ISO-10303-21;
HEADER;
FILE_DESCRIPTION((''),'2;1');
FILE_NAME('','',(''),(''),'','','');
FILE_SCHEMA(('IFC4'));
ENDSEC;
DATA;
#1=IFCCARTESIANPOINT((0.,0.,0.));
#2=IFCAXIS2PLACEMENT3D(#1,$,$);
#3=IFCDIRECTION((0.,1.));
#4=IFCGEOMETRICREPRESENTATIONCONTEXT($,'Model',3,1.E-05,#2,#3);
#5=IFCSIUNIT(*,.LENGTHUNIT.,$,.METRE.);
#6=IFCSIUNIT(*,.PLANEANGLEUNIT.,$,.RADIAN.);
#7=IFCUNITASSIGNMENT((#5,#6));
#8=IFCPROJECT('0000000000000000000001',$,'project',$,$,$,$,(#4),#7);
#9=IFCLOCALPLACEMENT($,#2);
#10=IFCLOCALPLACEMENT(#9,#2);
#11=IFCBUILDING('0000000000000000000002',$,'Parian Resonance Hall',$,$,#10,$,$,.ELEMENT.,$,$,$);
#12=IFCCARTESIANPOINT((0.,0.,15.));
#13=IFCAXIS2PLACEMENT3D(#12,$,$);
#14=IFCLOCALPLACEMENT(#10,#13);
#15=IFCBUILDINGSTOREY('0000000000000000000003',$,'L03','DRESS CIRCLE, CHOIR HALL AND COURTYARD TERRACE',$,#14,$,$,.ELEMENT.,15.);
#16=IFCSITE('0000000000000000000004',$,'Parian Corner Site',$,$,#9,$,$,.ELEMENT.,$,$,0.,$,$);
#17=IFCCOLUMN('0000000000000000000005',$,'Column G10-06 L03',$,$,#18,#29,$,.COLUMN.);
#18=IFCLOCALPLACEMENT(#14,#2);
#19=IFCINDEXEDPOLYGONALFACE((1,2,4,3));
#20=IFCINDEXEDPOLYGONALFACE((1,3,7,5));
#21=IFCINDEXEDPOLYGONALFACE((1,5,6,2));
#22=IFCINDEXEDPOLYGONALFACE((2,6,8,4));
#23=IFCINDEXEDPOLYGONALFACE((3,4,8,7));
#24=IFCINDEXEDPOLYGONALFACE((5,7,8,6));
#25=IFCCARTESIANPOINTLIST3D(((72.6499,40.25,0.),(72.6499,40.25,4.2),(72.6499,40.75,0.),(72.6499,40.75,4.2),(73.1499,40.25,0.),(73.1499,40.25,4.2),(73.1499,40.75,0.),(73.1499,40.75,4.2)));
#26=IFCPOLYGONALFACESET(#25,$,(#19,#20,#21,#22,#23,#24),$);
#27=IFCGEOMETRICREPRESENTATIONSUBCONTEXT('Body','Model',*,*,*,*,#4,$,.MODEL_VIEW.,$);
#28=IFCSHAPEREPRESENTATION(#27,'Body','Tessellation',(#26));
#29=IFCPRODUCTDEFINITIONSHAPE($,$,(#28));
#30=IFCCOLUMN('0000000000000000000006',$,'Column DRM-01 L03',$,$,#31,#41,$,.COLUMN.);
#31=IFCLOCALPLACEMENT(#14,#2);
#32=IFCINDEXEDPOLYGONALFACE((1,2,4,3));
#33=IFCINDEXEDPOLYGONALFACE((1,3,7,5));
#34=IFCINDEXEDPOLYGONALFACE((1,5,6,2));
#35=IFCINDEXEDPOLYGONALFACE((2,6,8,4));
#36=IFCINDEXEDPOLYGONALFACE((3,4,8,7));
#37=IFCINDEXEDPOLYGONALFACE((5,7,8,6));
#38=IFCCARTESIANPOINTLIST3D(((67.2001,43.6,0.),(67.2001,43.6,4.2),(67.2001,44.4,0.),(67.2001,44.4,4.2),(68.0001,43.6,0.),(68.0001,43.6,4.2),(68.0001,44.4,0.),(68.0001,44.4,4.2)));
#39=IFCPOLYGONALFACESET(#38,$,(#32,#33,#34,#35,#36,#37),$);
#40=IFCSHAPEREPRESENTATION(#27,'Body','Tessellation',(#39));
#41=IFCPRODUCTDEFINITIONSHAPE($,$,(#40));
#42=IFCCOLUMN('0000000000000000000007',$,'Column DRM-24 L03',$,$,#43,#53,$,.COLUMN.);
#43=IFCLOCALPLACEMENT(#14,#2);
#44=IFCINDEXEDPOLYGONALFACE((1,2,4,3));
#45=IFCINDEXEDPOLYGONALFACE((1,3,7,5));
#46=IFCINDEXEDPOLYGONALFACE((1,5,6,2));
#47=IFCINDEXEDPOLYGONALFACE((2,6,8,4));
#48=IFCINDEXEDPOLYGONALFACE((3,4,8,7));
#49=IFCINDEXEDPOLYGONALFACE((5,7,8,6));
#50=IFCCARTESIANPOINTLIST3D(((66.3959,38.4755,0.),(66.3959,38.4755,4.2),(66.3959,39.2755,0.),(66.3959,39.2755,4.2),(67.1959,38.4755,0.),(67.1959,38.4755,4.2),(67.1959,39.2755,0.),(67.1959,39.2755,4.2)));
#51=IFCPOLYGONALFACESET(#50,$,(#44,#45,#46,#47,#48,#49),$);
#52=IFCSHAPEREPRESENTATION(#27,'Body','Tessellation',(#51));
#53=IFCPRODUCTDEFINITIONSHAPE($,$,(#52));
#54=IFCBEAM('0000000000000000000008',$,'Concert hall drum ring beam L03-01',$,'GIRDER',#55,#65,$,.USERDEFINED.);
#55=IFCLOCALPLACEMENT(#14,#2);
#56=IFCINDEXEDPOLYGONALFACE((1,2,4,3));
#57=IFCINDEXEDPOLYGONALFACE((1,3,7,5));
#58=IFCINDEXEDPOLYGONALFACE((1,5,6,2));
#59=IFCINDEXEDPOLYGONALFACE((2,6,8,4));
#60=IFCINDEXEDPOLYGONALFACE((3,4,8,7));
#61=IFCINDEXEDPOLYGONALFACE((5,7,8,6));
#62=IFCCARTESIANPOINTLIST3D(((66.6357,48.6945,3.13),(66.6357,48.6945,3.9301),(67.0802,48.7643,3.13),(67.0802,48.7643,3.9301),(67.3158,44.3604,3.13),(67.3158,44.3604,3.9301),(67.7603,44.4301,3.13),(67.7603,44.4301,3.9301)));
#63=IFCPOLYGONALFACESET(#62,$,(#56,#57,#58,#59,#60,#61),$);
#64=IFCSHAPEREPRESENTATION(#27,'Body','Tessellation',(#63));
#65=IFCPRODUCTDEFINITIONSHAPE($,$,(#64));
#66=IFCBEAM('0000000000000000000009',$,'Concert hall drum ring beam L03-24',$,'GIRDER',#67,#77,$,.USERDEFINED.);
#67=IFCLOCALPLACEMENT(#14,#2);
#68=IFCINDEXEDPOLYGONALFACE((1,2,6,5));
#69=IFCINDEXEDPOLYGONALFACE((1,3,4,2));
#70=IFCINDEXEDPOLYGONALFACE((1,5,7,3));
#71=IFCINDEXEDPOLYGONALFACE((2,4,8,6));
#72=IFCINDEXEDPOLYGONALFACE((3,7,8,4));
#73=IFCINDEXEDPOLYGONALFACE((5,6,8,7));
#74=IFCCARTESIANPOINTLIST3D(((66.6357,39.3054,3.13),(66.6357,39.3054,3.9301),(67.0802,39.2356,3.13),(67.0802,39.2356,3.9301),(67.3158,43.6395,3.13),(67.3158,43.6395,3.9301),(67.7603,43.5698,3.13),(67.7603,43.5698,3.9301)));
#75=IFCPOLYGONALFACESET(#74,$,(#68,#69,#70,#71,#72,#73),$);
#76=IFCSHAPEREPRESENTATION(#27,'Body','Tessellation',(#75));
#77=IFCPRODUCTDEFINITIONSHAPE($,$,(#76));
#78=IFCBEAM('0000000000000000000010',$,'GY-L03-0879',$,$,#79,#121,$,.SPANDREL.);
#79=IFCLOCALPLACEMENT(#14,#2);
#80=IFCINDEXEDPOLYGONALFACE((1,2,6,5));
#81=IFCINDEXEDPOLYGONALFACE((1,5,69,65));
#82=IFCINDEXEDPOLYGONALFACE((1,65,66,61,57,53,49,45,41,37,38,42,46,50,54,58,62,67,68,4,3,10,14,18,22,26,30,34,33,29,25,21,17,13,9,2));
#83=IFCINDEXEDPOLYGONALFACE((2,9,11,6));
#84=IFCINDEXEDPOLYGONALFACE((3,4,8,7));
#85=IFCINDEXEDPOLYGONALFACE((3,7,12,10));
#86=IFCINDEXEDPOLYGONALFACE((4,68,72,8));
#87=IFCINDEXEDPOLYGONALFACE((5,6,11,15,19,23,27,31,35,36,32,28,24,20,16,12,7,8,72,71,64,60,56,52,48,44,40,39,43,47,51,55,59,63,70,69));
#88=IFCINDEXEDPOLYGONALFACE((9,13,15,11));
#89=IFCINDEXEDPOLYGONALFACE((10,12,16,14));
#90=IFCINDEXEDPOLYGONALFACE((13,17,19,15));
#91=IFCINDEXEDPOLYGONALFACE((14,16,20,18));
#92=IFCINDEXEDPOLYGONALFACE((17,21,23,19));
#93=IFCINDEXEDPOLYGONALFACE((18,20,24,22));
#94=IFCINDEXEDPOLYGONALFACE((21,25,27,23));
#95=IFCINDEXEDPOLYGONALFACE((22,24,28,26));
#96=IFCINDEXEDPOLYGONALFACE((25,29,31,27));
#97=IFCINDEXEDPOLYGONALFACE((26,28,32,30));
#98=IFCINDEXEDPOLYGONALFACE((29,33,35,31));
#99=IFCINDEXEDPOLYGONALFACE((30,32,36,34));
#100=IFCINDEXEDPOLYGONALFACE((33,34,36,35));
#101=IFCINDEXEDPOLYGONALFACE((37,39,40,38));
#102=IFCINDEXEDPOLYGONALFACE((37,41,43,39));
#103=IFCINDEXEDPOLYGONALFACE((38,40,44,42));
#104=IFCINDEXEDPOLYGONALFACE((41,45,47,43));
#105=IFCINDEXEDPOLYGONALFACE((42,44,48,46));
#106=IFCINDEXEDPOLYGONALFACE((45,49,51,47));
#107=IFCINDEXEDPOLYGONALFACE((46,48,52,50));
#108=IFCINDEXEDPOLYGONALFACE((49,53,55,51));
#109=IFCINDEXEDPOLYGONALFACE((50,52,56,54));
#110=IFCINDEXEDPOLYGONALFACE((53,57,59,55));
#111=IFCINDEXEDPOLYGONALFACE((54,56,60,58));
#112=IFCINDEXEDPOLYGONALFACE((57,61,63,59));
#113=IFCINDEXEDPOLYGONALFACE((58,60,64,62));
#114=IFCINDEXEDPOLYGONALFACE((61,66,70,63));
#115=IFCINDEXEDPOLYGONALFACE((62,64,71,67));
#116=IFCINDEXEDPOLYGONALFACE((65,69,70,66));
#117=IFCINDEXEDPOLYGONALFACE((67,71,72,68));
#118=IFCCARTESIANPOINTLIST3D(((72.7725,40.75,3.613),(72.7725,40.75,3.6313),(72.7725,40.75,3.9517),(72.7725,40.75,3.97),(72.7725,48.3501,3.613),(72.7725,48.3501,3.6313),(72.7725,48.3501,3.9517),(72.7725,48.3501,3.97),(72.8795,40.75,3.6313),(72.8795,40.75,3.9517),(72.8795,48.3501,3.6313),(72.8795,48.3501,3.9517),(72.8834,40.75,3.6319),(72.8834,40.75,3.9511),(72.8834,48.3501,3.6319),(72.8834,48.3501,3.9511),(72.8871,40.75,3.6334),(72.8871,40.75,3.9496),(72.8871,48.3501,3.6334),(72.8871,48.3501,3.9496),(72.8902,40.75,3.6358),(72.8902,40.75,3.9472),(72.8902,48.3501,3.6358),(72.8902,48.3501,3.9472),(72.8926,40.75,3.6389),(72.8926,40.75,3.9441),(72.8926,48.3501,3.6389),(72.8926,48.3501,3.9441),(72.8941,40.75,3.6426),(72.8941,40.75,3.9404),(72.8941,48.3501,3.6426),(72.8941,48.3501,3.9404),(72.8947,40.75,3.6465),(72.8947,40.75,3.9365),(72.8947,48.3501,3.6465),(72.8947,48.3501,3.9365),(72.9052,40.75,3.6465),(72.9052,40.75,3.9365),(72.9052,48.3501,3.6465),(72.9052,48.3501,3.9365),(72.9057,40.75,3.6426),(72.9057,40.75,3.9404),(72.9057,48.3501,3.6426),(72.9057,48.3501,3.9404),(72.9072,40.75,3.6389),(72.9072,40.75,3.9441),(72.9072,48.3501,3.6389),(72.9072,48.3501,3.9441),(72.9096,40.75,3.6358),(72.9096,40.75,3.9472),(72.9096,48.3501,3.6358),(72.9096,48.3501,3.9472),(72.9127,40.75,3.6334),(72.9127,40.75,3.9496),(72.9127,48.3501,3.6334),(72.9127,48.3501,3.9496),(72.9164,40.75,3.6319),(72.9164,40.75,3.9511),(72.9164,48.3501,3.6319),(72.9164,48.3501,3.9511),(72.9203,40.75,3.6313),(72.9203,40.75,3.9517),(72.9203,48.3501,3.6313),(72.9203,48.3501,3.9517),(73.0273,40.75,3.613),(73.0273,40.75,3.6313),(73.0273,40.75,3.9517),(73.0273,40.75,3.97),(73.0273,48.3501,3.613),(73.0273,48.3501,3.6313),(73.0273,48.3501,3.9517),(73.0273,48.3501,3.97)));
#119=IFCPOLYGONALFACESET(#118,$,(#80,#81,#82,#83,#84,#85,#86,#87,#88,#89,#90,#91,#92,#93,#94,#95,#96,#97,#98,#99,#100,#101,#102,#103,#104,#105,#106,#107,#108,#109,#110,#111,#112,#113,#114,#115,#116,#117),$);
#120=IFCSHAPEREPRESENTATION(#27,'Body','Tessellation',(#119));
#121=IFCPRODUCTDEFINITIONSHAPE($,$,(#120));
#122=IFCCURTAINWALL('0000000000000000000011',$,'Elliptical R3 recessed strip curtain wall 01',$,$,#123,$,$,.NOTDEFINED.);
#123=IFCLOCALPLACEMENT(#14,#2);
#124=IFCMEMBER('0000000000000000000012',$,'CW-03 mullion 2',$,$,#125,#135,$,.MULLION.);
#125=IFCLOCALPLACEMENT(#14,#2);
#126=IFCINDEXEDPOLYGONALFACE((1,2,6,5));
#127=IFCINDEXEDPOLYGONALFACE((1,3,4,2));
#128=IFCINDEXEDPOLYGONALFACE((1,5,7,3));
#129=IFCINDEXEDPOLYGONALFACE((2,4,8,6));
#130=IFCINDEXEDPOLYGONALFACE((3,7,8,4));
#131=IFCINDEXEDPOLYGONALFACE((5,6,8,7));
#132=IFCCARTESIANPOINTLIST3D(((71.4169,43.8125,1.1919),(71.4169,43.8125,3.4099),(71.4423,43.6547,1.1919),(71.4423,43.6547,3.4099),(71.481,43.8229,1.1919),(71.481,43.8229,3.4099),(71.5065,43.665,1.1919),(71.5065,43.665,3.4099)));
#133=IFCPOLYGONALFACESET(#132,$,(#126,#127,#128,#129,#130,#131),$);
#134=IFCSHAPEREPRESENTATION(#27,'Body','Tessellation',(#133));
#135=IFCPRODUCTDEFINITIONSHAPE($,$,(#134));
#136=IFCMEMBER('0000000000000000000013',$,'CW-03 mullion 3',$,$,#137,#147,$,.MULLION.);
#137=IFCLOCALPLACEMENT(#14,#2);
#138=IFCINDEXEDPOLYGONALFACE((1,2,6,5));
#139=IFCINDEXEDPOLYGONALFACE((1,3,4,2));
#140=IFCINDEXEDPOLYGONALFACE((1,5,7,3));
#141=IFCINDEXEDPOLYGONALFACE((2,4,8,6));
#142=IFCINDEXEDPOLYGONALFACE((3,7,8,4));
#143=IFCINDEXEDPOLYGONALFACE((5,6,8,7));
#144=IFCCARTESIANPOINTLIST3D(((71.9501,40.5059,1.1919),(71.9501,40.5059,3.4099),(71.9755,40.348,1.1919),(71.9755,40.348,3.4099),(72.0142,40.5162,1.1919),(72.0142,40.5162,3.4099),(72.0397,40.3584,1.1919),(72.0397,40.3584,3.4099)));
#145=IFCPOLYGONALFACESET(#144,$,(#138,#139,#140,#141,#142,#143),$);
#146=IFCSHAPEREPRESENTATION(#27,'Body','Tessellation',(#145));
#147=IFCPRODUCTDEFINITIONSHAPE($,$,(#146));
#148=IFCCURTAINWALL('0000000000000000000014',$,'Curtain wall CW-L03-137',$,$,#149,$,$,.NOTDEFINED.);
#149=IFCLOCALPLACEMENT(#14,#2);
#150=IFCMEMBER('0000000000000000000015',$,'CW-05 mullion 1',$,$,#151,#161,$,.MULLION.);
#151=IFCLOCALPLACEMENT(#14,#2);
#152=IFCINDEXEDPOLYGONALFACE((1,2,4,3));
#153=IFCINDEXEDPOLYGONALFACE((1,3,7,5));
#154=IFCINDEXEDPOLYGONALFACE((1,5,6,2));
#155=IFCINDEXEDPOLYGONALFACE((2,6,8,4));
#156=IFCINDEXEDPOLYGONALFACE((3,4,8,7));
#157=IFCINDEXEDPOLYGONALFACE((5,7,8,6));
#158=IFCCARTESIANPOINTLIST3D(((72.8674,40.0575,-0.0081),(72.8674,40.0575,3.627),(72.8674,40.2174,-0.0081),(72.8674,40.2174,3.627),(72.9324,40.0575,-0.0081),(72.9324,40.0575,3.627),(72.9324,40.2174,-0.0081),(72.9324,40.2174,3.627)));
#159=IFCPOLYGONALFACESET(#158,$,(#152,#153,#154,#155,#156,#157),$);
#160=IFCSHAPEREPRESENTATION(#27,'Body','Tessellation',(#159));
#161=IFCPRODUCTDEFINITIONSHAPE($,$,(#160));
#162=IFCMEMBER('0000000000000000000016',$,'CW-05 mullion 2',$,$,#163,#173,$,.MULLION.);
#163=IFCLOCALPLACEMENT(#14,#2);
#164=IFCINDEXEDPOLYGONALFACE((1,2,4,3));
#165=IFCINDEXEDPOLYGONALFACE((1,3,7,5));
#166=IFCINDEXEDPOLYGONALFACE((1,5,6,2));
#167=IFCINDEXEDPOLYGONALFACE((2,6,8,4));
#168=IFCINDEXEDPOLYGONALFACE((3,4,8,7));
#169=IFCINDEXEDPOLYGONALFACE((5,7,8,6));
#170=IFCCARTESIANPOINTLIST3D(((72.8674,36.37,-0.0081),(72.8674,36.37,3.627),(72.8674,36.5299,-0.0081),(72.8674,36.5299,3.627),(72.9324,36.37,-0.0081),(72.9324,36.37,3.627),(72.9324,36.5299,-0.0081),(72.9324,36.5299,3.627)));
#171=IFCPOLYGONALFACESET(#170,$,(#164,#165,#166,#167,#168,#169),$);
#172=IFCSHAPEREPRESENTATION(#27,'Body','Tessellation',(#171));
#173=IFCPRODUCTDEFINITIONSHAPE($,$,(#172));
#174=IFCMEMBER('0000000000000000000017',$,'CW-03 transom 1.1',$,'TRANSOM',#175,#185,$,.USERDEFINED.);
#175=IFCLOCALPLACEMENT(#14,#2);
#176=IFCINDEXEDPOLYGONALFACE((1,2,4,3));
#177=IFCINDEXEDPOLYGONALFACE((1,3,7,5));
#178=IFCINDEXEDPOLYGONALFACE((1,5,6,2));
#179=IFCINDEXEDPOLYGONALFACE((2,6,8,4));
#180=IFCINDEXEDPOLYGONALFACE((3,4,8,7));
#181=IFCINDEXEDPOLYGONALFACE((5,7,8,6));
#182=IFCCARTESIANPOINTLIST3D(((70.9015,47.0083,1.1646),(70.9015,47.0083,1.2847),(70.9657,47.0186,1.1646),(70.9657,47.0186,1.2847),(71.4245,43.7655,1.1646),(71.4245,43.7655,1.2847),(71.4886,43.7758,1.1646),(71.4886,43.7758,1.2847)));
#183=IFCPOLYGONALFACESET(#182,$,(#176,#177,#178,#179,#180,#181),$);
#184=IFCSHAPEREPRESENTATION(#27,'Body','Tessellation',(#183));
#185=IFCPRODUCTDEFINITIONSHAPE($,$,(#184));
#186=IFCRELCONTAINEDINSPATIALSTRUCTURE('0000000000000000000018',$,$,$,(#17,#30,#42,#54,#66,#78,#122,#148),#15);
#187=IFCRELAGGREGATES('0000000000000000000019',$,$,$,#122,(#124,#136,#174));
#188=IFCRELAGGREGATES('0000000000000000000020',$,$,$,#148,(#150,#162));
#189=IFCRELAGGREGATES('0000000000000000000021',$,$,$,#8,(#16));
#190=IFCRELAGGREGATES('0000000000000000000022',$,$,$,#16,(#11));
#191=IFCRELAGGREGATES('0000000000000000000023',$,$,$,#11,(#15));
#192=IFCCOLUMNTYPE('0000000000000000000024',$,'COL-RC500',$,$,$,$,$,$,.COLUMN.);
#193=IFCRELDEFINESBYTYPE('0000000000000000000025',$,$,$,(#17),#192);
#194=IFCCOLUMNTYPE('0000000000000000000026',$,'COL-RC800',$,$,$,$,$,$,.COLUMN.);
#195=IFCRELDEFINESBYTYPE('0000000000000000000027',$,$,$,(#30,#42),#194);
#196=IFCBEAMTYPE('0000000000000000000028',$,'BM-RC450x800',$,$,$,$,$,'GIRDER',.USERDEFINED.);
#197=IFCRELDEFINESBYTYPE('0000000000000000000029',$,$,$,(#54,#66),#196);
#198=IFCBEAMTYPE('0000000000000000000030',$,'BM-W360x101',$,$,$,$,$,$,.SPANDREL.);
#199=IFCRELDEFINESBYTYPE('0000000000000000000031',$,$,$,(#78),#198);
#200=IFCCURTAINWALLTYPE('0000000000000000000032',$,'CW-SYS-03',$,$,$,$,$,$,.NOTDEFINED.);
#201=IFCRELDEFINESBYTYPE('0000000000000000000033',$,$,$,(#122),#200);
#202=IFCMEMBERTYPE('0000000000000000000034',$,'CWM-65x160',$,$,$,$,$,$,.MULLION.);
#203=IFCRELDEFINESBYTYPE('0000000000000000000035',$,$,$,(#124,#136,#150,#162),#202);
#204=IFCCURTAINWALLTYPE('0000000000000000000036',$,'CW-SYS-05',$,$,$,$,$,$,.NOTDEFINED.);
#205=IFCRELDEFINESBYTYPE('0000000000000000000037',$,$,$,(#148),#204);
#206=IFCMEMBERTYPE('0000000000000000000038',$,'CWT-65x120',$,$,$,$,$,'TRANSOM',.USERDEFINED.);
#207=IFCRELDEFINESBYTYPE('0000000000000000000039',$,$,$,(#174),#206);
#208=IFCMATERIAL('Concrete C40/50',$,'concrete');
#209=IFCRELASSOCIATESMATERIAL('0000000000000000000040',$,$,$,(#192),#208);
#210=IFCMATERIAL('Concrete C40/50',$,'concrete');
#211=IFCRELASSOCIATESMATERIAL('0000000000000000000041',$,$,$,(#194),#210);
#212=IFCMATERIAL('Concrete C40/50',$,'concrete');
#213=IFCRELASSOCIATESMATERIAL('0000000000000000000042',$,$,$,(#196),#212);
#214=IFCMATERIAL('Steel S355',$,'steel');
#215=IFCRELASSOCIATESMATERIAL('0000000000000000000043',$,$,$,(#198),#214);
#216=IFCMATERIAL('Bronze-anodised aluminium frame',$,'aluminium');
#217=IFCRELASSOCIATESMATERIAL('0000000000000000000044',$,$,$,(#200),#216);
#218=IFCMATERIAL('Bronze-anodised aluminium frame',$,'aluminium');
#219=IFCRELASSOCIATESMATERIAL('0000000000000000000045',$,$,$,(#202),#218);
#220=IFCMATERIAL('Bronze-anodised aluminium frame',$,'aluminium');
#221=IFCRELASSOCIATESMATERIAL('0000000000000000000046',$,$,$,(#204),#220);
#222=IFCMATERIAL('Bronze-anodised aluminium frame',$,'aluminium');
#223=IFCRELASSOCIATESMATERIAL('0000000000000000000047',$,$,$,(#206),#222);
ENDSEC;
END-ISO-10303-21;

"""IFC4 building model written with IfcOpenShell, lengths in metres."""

from ifc_helpers import new_model, si_unit, direction, frame, origin, origin_2d, place, context, subcontext, project, spatial, rectangle, i_section, extrude, material, material_profile, profile_set, type_object, element, aggregate, save


model = new_model("IFC4")

# Units and contexts
model_context = context("Model", 3, precision=1e-05, world=origin(), true_north=direction((0.0, 1.0)))
body_context = subcontext(model_context, "Body", "Model", "MODEL_VIEW")
ifc_project = project(units=[si_unit("LENGTHUNIT", "METRE"), si_unit("PLANEANGLEUNIT", "RADIAN")], contexts=[model_context])

# Site, building, storey
site_placement = place(None, origin())
site = spatial("IfcSite", under=ifc_project, at=site_placement, Name="Parian Corner Site", CompositionType="ELEMENT", RefElevation=0.0)
building_placement = place(site_placement, origin())
building = spatial("IfcBuilding", under=site, at=building_placement, Name="Parian Resonance Hall", CompositionType="ELEMENT")
storey_placement = place(building_placement, frame((0.0, 0.0, 15.0)))
storey = spatial("IfcBuildingStorey", under=building, at=storey_placement, Name="L03", Description="DRESS CIRCLE, CHOIR HALL AND COURTYARD TERRACE", CompositionType="ELEMENT", Elevation=15.0)

# Columns
ifc_material_1 = material(Name="Concrete C40/50", Category="concrete")
ifc_material_profile_1 = material_profile(ifc_material_1, rectangle(XDim=0.5, YDim=0.5, at=origin_2d()), Name="RC-COL-500x500")
ifc_profile_set_1 = profile_set([ifc_material_profile_1], Name="Concrete C40/50")
column_type_1 = type_object("IfcColumnType", Name="COL-RC500", PredefinedType="COLUMN", material=ifc_profile_set_1)
column_placement = place(storey_placement, frame((72.8999, 40.5, 0.0), z_axis=(0.0, 0.0, 1.0), x_axis=(1.0, 0.0, 0.0)))
element("IfcColumn", 1, at=column_placement, inside=storey, type_object=column_type_1, Name="Column G10-06 L03", PredefinedType="COLUMN", context=body_context, shape_type="SweptSolid", body=[
    extrude(rectangle(XDim=0.5, YDim=0.5, at=origin_2d()), origin(), (0.0, 0.0, 1.0), 4.2),
])
ifc_material_2 = material(Name="Concrete C40/50", Category="concrete")
ifc_material_profile_2 = material_profile(ifc_material_2, rectangle(XDim=0.8, YDim=0.8, at=origin_2d()), Name="RC-COL-800x800")
ifc_profile_set_2 = profile_set([ifc_material_profile_2], Name="Concrete C40/50")
column_type_2 = type_object("IfcColumnType", Name="COL-RC800", PredefinedType="COLUMN", material=ifc_profile_set_2)
for number, where, z_axis, x_axis, name in (
    (2, (67.6001, 44.0, 0.0), (0.0, 0.0, 1.0), (1.0, 0.0, 0.0), "Column DRM-01 L03"),
    (3, (66.7959, 38.8755, 0.0), (0.0, 0.0, 1.0), (1.0, 0.0, 0.0), "Column DRM-24 L03"),
):
    element("IfcColumn", number, at=place(storey_placement, frame(where, z_axis=z_axis, x_axis=x_axis)), inside=storey, type_object=column_type_2, Name=name, PredefinedType="COLUMN", context=body_context, shape_type="SweptSolid", body=[
        extrude(rectangle(XDim=0.8, YDim=0.8, at=origin_2d()), origin(), (0.0, 0.0, 1.0), 4.2),
    ])

# Beams
ifc_material_3 = material(Name="Concrete C40/50", Category="concrete")
ifc_material_profile_3 = material_profile(ifc_material_3, rectangle(XDim=0.45, YDim=0.8, at=origin_2d()), Name="RC-BM-450x800")
ifc_profile_set_3 = profile_set([ifc_material_profile_3], Name="Concrete C40/50")
beam_type_1 = type_object("IfcBeamType", Name="BM-RC450x800", ElementType="GIRDER", PredefinedType="USERDEFINED", material=ifc_profile_set_3)
for number, where, z_axis, x_axis, name in (
    (4, (67.5381, 44.3953, 3.53), (-0.155034, 0.987909, 0.0), (-0.987909, -0.155034, 0.0), "Concert hall drum ring beam L03-01"),
    (5, (66.8579, 39.2705, 3.53), (0.155034, 0.987909, 0.0), (-0.987909, 0.155034, 0.0), "Concert hall drum ring beam L03-24"),
):
    element("IfcBeam", number, at=place(storey_placement, frame(where, z_axis=z_axis, x_axis=x_axis)), inside=storey, type_object=beam_type_1, Name=name, ObjectType="GIRDER", PredefinedType="USERDEFINED", context=body_context, shape_type="SweptSolid", body=[
        extrude(rectangle(XDim=0.45, YDim=0.8, at=origin_2d()), origin(), (0.0, 0.0, 1.0), 4.3872),
    ])
ifc_material_4 = material(Name="Steel S355", Category="steel")
ifc_material_profile_4 = material_profile(ifc_material_4, i_section(OverallWidth=0.2549, OverallDepth=0.3569, WebThickness=0.0105, FlangeThickness=0.0183, FilletRadius=0.0151, at=origin_2d()), Name="W360x101")
ifc_profile_set_4 = profile_set([ifc_material_profile_4], Name="Steel S355")
beam_type_2 = type_object("IfcBeamType", Name="BM-W360x101", PredefinedType="SPANDREL", material=ifc_profile_set_4)
beam_placement = place(storey_placement, frame((72.8999, 40.75, 3.7915), z_axis=(0.0, 1.0, 0.0), x_axis=(-1.0, 0.0, 0.0)))
element("IfcBeam", 6, at=beam_placement, inside=storey, type_object=beam_type_2, Name="GY-L03-0879", PredefinedType="SPANDREL", context=body_context, shape_type="SweptSolid", body=[
    extrude(i_section(OverallWidth=0.2549, OverallDepth=0.3569, WebThickness=0.0105, FlangeThickness=0.0183, FilletRadius=0.0151, at=origin_2d()), origin(), (0.0, 0.0, 1.0), 7.6001),
])

# Curtain walls, members
ifc_material_5 = material(Name="Bronze-anodised aluminium frame", Category="aluminium")
curtain_wall_type_1 = type_object("IfcCurtainWallType", Name="CW-SYS-03", PredefinedType="NOTDEFINED", material=ifc_material_5)
curtain_wall_1_placement = place(storey_placement, origin())
curtain_wall_1 = element("IfcCurtainWall", 7, at=curtain_wall_1_placement, inside=storey, type_object=curtain_wall_type_1, Name="Elliptical R3 recessed strip curtain wall 01", PredefinedType="NOTDEFINED")
ifc_material_6 = material(Name="Bronze-anodised aluminium frame", Category="aluminium")
ifc_material_profile_5 = material_profile(ifc_material_6, rectangle(XDim=0.0649, YDim=0.1599, at=origin_2d()), Name="CWM-65x160")
ifc_profile_set_5 = profile_set([ifc_material_profile_5], Name="Bronze-anodised aluminium frame")
member_type_1 = type_object("IfcMemberType", Name="CWM-65x160", PredefinedType="MULLION", material=ifc_profile_set_5)
member_1_placement = place(storey_placement, frame((71.4617, 43.7388, 1.1919), z_axis=(0.0, 0.0, 1.0), x_axis=(0.987248, 0.159187, 0.0)))
member_1 = element("IfcMember", 8, at=member_1_placement, type_object=member_type_1, Name="CW-03 mullion 2", PredefinedType="MULLION", context=body_context, shape_type="SweptSolid", body=[
    extrude(rectangle(XDim=0.0649, YDim=0.1599, at=origin_2d()), origin(), (0.0, 0.0, 1.0), 2.218),
])
member_2_placement = place(storey_placement, frame((71.9949, 40.4321, 1.1919), z_axis=(0.0, 0.0, 1.0), x_axis=(0.987248, 0.159187, 0.0)))
member_2 = element("IfcMember", 9, at=member_2_placement, type_object=member_type_1, Name="CW-03 mullion 3", PredefinedType="MULLION", context=body_context, shape_type="SweptSolid", body=[
    extrude(rectangle(XDim=0.0649, YDim=0.1599, at=origin_2d()), origin(), (0.0, 0.0, 1.0), 2.218),
])
ifc_material_7 = material(Name="Bronze-anodised aluminium frame", Category="aluminium")
curtain_wall_type_2 = type_object("IfcCurtainWallType", Name="CW-SYS-05", PredefinedType="NOTDEFINED", material=ifc_material_7)
curtain_wall_2_placement = place(storey_placement, origin())
curtain_wall_2 = element("IfcCurtainWall", 10, at=curtain_wall_2_placement, inside=storey, type_object=curtain_wall_type_2, Name="Curtain wall CW-L03-137", PredefinedType="NOTDEFINED")
member_3_placement = place(storey_placement, frame((72.8999, 40.1375, -0.0081), z_axis=(0.0, 0.0, 1.0), x_axis=(1.0, 0.0, 0.0)))
member_3 = element("IfcMember", 11, at=member_3_placement, type_object=member_type_1, Name="CW-05 mullion 1", PredefinedType="MULLION", context=body_context, shape_type="SweptSolid", body=[
    extrude(rectangle(XDim=0.0649, YDim=0.1599, at=origin_2d()), origin(), (0.0, 0.0, 1.0), 3.635),
])
member_4_placement = place(storey_placement, frame((72.8999, 36.45, -0.0081), z_axis=(0.0, 0.0, 1.0), x_axis=(1.0, 0.0, 0.0)))
member_4 = element("IfcMember", 12, at=member_4_placement, type_object=member_type_1, Name="CW-05 mullion 2", PredefinedType="MULLION", context=body_context, shape_type="SweptSolid", body=[
    extrude(rectangle(XDim=0.0649, YDim=0.1599, at=origin_2d()), origin(), (0.0, 0.0, 1.0), 3.635),
])

# Member
ifc_material_8 = material(Name="Bronze-anodised aluminium frame", Category="aluminium")
ifc_material_profile_6 = material_profile(ifc_material_8, rectangle(XDim=0.0649, YDim=0.1201, at=origin_2d()), Name="CWT-65x120")
ifc_profile_set_6 = profile_set([ifc_material_profile_6], Name="Bronze-anodised aluminium frame")
member_type_2 = type_object("IfcMemberType", Name="CWT-65x120", ElementType="TRANSOM", PredefinedType="USERDEFINED", material=ifc_profile_set_6)
member_5_placement = place(storey_placement, frame((70.9336, 47.0134, 1.2246), z_axis=(0.159214, -0.987244, 0.0), x_axis=(0.987244, 0.159214, 0.0)))
member_5 = element("IfcMember", 13, at=member_5_placement, type_object=member_type_2, Name="CW-03 transom 1.1", ObjectType="TRANSOM", PredefinedType="USERDEFINED", context=body_context, shape_type="SweptSolid", body=[
    extrude(rectangle(XDim=0.0649, YDim=0.1201, at=origin_2d()), origin(), (0.0, 0.0, 1.0), 3.2847),
])

aggregate(curtain_wall_1, [member_1, member_2, member_5])
aggregate(curtain_wall_2, [member_3, member_4])

save(model, "model.ifc")
